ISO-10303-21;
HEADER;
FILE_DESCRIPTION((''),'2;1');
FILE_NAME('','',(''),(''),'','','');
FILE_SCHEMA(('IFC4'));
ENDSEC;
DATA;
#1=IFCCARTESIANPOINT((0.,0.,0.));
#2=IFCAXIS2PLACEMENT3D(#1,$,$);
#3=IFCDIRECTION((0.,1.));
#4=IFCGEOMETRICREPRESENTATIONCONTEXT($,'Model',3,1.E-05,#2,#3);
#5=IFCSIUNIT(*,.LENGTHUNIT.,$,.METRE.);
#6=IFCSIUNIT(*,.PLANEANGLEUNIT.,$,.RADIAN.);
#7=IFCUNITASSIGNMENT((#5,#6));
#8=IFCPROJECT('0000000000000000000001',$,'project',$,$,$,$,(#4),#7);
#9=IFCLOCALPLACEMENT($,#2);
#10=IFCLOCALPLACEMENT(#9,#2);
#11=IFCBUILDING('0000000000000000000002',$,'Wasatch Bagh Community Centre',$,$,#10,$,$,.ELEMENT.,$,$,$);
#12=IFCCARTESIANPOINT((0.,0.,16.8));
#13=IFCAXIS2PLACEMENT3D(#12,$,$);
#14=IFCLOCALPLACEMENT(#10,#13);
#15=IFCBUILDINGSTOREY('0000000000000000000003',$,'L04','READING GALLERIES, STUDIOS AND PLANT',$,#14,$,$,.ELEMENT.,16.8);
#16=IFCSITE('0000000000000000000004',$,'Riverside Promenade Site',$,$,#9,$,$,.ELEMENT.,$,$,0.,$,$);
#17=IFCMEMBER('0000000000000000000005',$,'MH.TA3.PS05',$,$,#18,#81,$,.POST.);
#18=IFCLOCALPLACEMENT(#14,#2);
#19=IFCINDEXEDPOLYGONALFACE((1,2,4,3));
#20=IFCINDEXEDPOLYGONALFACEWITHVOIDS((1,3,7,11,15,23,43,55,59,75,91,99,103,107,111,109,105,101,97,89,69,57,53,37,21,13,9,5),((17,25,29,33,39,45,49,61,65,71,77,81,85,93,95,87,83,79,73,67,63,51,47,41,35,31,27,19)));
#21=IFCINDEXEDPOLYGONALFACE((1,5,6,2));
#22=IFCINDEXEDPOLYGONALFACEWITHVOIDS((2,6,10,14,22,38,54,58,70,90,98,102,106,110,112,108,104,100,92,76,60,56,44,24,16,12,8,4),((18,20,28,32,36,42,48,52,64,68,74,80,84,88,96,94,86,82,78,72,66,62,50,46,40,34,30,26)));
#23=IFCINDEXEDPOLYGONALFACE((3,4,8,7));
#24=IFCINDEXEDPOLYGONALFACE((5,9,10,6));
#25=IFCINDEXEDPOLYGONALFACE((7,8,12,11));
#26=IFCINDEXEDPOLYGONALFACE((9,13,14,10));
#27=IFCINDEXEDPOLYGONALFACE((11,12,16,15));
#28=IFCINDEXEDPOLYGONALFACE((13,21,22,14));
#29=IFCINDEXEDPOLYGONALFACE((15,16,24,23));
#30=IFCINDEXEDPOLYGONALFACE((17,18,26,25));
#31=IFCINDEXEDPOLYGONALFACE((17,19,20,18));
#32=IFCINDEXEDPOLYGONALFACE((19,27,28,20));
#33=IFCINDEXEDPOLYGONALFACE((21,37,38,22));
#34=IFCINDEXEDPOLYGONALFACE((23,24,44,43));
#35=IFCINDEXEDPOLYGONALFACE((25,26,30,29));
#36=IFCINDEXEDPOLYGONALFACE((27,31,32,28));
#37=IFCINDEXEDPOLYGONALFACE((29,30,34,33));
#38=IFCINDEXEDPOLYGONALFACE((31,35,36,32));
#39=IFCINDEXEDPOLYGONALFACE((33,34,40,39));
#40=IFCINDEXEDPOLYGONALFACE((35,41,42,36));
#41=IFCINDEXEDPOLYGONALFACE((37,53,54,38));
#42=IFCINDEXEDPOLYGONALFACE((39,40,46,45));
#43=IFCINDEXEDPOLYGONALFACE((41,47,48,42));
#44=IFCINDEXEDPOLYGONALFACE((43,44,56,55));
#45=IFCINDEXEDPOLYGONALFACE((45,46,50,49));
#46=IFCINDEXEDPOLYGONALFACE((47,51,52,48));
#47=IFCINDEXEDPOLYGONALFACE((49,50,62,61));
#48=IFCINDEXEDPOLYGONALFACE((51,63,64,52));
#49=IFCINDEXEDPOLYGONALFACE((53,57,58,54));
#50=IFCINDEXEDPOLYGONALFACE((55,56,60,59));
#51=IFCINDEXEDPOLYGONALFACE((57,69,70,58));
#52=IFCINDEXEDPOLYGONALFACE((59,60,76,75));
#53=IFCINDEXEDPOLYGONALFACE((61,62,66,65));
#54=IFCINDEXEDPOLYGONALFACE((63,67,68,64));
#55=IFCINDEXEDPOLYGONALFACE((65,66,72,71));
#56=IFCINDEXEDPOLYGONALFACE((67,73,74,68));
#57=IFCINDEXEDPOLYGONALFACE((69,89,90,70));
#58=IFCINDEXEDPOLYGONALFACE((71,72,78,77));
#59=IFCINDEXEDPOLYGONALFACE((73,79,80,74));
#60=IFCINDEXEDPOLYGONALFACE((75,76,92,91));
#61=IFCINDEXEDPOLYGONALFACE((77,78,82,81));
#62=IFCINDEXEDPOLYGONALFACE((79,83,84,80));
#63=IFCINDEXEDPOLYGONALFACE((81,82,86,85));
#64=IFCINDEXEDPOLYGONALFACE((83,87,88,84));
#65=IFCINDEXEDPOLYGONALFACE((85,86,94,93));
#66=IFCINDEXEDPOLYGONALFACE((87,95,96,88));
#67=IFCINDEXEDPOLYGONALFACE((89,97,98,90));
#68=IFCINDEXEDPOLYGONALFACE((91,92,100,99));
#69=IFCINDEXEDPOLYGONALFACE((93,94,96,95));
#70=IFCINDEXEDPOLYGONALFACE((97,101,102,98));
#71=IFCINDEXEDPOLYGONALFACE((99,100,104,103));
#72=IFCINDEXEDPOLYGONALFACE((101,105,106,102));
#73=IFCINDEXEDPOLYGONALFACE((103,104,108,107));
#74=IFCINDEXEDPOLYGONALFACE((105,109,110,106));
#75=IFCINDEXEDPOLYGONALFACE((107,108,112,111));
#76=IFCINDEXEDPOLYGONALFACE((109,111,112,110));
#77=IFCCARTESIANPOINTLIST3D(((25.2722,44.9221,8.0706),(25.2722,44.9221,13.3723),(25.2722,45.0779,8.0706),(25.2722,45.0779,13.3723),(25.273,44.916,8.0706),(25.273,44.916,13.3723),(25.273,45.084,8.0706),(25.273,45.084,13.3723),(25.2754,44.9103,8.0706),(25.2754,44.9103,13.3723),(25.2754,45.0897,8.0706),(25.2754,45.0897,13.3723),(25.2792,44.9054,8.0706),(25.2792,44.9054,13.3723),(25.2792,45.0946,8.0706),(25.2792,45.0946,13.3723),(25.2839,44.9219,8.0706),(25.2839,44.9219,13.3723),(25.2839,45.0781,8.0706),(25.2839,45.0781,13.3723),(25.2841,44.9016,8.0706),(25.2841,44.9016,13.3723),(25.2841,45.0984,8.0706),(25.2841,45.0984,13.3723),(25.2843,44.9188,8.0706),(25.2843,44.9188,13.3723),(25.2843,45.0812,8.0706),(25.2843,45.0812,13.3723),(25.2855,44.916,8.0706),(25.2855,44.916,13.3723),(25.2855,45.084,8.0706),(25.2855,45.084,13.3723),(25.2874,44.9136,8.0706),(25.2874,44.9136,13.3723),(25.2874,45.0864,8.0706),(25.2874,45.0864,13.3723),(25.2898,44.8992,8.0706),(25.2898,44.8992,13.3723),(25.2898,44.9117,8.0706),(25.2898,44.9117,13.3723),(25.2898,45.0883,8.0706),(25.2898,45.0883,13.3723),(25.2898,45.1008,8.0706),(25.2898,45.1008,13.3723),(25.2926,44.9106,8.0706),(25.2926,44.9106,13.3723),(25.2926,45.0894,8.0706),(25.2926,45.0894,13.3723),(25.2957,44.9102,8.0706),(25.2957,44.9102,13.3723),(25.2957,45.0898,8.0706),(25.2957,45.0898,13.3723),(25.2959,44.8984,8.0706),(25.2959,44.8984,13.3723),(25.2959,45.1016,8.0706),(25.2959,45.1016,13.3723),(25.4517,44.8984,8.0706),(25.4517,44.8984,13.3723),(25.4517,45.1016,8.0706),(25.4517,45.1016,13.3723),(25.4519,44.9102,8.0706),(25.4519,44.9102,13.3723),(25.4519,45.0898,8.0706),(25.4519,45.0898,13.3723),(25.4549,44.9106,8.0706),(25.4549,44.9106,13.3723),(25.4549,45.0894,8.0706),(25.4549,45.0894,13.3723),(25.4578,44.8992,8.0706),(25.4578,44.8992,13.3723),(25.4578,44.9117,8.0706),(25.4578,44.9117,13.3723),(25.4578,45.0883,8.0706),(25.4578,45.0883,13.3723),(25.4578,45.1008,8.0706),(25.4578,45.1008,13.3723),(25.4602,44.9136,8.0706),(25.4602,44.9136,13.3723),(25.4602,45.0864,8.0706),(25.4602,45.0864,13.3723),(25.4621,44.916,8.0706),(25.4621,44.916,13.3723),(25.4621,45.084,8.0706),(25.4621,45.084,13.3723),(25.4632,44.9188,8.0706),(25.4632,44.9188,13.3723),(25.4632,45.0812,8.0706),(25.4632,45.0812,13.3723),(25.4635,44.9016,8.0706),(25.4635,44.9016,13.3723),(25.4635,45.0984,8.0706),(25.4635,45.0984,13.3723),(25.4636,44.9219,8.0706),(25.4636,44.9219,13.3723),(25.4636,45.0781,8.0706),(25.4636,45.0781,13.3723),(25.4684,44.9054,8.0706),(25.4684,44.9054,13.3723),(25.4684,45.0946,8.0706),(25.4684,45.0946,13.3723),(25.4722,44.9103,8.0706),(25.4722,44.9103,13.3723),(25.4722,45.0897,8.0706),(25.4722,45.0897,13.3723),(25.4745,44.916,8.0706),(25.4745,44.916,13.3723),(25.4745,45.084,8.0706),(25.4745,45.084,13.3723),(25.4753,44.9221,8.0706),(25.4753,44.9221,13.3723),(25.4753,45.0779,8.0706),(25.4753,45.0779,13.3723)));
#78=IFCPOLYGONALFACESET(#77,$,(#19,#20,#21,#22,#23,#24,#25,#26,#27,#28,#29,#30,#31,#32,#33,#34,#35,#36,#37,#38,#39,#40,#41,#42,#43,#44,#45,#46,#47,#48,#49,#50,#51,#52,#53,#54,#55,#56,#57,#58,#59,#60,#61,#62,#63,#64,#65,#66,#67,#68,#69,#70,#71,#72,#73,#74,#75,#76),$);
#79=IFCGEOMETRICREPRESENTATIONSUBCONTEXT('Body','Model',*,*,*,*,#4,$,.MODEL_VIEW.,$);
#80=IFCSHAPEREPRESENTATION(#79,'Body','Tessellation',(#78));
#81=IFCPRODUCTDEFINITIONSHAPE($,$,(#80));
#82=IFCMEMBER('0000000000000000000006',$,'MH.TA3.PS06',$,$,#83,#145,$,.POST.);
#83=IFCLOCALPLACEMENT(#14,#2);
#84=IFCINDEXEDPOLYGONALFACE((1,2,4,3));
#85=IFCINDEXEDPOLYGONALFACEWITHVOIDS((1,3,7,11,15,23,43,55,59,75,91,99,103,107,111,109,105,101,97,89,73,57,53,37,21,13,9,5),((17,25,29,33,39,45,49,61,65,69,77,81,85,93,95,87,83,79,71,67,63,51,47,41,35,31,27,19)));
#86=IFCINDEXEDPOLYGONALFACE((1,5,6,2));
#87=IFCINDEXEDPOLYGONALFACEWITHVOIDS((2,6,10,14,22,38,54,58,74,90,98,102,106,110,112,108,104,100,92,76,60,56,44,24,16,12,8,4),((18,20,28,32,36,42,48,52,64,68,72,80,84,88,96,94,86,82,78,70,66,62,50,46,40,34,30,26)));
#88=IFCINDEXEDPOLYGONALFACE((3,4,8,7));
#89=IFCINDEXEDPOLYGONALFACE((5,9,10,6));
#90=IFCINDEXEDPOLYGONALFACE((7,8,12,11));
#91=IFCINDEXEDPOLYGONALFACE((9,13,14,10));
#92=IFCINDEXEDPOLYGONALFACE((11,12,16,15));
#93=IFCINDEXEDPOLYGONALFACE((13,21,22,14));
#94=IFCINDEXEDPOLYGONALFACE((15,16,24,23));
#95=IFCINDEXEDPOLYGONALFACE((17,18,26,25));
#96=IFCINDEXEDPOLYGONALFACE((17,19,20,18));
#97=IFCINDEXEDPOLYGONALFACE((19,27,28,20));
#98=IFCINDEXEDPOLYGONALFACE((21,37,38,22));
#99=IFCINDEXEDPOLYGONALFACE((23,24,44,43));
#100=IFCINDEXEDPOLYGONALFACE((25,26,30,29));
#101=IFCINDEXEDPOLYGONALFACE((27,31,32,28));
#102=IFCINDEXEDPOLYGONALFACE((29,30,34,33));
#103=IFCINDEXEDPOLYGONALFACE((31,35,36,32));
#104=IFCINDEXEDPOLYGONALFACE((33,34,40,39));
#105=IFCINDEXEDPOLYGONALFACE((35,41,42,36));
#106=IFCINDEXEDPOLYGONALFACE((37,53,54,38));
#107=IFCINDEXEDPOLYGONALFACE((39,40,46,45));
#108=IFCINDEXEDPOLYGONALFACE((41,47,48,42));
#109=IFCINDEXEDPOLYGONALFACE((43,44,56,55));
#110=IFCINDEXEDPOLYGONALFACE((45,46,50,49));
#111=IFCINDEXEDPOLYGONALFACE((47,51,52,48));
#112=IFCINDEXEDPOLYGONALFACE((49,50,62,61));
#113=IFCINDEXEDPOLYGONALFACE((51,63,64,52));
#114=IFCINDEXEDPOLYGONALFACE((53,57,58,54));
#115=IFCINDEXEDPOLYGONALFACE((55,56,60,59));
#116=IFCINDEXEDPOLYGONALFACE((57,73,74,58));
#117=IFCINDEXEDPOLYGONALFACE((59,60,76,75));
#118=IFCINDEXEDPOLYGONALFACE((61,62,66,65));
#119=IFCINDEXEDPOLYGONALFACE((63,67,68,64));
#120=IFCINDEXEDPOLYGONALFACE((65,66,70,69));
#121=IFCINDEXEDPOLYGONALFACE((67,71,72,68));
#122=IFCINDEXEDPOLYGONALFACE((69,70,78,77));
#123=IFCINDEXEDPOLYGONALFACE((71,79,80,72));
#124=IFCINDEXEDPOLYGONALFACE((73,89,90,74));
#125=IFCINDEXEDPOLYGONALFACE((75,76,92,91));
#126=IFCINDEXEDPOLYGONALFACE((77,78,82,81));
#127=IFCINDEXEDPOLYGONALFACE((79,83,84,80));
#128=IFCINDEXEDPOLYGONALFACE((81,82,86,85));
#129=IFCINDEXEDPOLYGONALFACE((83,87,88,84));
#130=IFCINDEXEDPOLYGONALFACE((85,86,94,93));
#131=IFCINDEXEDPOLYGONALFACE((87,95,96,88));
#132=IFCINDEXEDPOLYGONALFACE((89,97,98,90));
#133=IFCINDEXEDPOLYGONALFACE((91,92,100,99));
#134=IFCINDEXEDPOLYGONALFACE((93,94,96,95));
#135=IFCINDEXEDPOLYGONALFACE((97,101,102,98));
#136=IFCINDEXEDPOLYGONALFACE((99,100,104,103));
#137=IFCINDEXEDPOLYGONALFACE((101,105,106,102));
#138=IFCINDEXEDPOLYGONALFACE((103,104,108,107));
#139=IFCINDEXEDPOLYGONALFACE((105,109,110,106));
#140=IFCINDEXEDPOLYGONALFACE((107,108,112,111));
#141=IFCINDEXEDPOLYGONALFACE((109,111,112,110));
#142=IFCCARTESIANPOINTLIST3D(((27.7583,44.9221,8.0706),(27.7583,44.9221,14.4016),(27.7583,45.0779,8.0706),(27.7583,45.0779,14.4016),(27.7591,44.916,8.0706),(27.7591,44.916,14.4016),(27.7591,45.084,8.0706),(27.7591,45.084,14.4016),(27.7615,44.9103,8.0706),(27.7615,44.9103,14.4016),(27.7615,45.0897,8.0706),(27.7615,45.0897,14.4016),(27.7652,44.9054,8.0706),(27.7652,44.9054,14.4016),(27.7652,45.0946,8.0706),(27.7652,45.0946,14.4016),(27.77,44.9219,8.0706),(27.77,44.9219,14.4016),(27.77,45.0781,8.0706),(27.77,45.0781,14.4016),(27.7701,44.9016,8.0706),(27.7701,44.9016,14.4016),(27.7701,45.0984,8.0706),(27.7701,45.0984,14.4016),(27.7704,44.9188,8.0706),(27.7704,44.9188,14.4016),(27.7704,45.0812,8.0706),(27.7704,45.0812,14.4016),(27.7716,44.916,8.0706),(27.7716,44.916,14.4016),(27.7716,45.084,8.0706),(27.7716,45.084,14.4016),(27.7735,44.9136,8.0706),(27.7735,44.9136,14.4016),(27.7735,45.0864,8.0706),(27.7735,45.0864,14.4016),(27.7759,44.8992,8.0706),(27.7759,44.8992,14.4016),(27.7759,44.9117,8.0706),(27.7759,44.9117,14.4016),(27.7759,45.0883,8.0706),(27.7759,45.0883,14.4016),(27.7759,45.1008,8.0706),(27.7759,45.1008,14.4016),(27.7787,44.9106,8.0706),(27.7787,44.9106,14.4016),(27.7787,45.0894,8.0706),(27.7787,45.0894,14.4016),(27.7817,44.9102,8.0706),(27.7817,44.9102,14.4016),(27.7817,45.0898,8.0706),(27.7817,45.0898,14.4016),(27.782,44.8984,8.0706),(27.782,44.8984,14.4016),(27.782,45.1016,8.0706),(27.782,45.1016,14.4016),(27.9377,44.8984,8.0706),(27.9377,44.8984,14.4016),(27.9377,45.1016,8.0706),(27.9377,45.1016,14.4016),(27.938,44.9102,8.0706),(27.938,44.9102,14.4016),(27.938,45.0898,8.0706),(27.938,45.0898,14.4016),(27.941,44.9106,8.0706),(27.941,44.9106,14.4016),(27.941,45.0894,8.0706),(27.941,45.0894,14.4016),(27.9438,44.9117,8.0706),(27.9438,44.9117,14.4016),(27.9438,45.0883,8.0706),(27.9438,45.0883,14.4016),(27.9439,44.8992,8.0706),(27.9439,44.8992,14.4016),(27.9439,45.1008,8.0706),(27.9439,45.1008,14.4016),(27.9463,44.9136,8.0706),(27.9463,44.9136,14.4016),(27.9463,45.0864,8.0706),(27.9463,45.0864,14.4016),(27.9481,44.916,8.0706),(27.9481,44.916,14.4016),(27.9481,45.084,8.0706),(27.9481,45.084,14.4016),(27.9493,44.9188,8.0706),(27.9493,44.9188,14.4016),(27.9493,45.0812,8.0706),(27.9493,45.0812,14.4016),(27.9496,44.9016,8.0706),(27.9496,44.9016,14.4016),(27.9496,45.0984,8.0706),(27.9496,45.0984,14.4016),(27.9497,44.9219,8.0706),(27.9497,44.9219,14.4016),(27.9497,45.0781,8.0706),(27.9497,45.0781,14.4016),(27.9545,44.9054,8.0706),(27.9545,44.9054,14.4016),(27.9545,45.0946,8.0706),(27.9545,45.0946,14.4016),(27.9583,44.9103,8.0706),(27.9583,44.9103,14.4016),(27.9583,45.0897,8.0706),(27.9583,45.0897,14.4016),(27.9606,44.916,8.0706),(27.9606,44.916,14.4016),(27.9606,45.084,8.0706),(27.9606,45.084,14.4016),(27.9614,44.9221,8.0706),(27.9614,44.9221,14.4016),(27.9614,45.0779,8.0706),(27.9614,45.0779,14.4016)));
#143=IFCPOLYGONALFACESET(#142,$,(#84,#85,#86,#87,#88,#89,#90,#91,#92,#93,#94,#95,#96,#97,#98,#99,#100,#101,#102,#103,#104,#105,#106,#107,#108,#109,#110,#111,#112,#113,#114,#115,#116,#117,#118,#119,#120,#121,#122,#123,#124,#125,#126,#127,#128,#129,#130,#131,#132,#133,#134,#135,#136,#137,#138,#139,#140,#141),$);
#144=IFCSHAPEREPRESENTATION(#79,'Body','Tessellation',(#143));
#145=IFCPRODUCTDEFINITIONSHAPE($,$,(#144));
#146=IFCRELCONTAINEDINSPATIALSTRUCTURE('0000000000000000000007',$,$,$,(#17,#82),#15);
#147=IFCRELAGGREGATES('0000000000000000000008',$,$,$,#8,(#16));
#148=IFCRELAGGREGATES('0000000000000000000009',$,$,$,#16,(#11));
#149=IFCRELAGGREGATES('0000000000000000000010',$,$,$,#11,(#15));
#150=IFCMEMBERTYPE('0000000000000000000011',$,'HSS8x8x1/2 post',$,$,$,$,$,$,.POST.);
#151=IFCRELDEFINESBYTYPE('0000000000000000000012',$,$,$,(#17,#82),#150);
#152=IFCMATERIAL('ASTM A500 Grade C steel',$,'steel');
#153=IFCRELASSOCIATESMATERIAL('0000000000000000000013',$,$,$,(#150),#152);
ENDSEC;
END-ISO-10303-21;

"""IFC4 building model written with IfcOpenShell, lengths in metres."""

from ifc_helpers import new_model, si_unit, direction, frame, origin, origin_2d, place, context, subcontext, project, spatial, hollow_rectangle, extrude, material, material_profile, profile_set, type_object, element, save


model = new_model("IFC4")

# Units and contexts
model_context = context("Model", 3, precision=1e-05, world=origin(), true_north=direction((0.0, 1.0)))
body_context = subcontext(model_context, "Body", "Model", "MODEL_VIEW")
ifc_project = project(units=[si_unit("LENGTHUNIT", "METRE"), si_unit("PLANEANGLEUNIT", "RADIAN")], contexts=[model_context])

# Site, building, storey
site_placement = place(None, origin())
site = spatial("IfcSite", under=ifc_project, at=site_placement, Name="Riverside Promenade Site", CompositionType="ELEMENT", RefElevation=0.0)
building_placement = place(site_placement, origin())
building = spatial("IfcBuilding", under=site, at=building_placement, Name="Wasatch Bagh Community Centre", CompositionType="ELEMENT")
storey_placement = place(building_placement, frame((0.0, 0.0, 16.8)))
storey = spatial("IfcBuildingStorey", under=building, at=storey_placement, Name="L04", Description="READING GALLERIES, STUDIOS AND PLANT", CompositionType="ELEMENT", Elevation=16.8)

# Members
ifc_material_1 = material(Name="ASTM A500 Grade C steel", Category="steel")
ifc_material_profile_1 = material_profile(ifc_material_1, hollow_rectangle(XDim=0.2031, YDim=0.2031, WallThickness=0.0117, InnerFilletRadius=0.0117, OuterFilletRadius=0.0237, at=origin_2d()), Name="HSS8x8x1/2")
ifc_profile_set_1 = profile_set([ifc_material_profile_1], Name="ASTM A500 Grade C steel")
member_type_1 = type_object("IfcMemberType", Name="HSS8x8x1/2 post", PredefinedType="POST", material=ifc_profile_set_1)
member_1_placement = place(storey_placement, frame((25.3738, 45.0, 8.0706), z_axis=(0.0, 0.0, 1.0), x_axis=(1.0, 0.0, 0.0)))
element("IfcMember", 1, at=member_1_placement, inside=storey, type_object=member_type_1, Name="MH.TA3.PS05", PredefinedType="POST", context=body_context, shape_type="SweptSolid", body=[
    extrude(hollow_rectangle(XDim=0.2031, YDim=0.2031, WallThickness=0.0117, InnerFilletRadius=0.0117, OuterFilletRadius=0.0237, at=origin_2d()), origin(), (0.0, 0.0, 1.0), 5.3018),
])
member_2_placement = place(storey_placement, frame((27.8599, 45.0, 8.0706), z_axis=(0.0, 0.0, 1.0), x_axis=(1.0, 0.0, 0.0)))
element("IfcMember", 2, at=member_2_placement, inside=storey, type_object=member_type_1, Name="MH.TA3.PS06", PredefinedType="POST", context=body_context, shape_type="SweptSolid", body=[
    extrude(hollow_rectangle(XDim=0.2031, YDim=0.2031, WallThickness=0.0117, InnerFilletRadius=0.0117, OuterFilletRadius=0.0237, at=origin_2d()), origin(), (0.0, 0.0, 1.0), 6.3311),
])

save(model, "model.ifc")
